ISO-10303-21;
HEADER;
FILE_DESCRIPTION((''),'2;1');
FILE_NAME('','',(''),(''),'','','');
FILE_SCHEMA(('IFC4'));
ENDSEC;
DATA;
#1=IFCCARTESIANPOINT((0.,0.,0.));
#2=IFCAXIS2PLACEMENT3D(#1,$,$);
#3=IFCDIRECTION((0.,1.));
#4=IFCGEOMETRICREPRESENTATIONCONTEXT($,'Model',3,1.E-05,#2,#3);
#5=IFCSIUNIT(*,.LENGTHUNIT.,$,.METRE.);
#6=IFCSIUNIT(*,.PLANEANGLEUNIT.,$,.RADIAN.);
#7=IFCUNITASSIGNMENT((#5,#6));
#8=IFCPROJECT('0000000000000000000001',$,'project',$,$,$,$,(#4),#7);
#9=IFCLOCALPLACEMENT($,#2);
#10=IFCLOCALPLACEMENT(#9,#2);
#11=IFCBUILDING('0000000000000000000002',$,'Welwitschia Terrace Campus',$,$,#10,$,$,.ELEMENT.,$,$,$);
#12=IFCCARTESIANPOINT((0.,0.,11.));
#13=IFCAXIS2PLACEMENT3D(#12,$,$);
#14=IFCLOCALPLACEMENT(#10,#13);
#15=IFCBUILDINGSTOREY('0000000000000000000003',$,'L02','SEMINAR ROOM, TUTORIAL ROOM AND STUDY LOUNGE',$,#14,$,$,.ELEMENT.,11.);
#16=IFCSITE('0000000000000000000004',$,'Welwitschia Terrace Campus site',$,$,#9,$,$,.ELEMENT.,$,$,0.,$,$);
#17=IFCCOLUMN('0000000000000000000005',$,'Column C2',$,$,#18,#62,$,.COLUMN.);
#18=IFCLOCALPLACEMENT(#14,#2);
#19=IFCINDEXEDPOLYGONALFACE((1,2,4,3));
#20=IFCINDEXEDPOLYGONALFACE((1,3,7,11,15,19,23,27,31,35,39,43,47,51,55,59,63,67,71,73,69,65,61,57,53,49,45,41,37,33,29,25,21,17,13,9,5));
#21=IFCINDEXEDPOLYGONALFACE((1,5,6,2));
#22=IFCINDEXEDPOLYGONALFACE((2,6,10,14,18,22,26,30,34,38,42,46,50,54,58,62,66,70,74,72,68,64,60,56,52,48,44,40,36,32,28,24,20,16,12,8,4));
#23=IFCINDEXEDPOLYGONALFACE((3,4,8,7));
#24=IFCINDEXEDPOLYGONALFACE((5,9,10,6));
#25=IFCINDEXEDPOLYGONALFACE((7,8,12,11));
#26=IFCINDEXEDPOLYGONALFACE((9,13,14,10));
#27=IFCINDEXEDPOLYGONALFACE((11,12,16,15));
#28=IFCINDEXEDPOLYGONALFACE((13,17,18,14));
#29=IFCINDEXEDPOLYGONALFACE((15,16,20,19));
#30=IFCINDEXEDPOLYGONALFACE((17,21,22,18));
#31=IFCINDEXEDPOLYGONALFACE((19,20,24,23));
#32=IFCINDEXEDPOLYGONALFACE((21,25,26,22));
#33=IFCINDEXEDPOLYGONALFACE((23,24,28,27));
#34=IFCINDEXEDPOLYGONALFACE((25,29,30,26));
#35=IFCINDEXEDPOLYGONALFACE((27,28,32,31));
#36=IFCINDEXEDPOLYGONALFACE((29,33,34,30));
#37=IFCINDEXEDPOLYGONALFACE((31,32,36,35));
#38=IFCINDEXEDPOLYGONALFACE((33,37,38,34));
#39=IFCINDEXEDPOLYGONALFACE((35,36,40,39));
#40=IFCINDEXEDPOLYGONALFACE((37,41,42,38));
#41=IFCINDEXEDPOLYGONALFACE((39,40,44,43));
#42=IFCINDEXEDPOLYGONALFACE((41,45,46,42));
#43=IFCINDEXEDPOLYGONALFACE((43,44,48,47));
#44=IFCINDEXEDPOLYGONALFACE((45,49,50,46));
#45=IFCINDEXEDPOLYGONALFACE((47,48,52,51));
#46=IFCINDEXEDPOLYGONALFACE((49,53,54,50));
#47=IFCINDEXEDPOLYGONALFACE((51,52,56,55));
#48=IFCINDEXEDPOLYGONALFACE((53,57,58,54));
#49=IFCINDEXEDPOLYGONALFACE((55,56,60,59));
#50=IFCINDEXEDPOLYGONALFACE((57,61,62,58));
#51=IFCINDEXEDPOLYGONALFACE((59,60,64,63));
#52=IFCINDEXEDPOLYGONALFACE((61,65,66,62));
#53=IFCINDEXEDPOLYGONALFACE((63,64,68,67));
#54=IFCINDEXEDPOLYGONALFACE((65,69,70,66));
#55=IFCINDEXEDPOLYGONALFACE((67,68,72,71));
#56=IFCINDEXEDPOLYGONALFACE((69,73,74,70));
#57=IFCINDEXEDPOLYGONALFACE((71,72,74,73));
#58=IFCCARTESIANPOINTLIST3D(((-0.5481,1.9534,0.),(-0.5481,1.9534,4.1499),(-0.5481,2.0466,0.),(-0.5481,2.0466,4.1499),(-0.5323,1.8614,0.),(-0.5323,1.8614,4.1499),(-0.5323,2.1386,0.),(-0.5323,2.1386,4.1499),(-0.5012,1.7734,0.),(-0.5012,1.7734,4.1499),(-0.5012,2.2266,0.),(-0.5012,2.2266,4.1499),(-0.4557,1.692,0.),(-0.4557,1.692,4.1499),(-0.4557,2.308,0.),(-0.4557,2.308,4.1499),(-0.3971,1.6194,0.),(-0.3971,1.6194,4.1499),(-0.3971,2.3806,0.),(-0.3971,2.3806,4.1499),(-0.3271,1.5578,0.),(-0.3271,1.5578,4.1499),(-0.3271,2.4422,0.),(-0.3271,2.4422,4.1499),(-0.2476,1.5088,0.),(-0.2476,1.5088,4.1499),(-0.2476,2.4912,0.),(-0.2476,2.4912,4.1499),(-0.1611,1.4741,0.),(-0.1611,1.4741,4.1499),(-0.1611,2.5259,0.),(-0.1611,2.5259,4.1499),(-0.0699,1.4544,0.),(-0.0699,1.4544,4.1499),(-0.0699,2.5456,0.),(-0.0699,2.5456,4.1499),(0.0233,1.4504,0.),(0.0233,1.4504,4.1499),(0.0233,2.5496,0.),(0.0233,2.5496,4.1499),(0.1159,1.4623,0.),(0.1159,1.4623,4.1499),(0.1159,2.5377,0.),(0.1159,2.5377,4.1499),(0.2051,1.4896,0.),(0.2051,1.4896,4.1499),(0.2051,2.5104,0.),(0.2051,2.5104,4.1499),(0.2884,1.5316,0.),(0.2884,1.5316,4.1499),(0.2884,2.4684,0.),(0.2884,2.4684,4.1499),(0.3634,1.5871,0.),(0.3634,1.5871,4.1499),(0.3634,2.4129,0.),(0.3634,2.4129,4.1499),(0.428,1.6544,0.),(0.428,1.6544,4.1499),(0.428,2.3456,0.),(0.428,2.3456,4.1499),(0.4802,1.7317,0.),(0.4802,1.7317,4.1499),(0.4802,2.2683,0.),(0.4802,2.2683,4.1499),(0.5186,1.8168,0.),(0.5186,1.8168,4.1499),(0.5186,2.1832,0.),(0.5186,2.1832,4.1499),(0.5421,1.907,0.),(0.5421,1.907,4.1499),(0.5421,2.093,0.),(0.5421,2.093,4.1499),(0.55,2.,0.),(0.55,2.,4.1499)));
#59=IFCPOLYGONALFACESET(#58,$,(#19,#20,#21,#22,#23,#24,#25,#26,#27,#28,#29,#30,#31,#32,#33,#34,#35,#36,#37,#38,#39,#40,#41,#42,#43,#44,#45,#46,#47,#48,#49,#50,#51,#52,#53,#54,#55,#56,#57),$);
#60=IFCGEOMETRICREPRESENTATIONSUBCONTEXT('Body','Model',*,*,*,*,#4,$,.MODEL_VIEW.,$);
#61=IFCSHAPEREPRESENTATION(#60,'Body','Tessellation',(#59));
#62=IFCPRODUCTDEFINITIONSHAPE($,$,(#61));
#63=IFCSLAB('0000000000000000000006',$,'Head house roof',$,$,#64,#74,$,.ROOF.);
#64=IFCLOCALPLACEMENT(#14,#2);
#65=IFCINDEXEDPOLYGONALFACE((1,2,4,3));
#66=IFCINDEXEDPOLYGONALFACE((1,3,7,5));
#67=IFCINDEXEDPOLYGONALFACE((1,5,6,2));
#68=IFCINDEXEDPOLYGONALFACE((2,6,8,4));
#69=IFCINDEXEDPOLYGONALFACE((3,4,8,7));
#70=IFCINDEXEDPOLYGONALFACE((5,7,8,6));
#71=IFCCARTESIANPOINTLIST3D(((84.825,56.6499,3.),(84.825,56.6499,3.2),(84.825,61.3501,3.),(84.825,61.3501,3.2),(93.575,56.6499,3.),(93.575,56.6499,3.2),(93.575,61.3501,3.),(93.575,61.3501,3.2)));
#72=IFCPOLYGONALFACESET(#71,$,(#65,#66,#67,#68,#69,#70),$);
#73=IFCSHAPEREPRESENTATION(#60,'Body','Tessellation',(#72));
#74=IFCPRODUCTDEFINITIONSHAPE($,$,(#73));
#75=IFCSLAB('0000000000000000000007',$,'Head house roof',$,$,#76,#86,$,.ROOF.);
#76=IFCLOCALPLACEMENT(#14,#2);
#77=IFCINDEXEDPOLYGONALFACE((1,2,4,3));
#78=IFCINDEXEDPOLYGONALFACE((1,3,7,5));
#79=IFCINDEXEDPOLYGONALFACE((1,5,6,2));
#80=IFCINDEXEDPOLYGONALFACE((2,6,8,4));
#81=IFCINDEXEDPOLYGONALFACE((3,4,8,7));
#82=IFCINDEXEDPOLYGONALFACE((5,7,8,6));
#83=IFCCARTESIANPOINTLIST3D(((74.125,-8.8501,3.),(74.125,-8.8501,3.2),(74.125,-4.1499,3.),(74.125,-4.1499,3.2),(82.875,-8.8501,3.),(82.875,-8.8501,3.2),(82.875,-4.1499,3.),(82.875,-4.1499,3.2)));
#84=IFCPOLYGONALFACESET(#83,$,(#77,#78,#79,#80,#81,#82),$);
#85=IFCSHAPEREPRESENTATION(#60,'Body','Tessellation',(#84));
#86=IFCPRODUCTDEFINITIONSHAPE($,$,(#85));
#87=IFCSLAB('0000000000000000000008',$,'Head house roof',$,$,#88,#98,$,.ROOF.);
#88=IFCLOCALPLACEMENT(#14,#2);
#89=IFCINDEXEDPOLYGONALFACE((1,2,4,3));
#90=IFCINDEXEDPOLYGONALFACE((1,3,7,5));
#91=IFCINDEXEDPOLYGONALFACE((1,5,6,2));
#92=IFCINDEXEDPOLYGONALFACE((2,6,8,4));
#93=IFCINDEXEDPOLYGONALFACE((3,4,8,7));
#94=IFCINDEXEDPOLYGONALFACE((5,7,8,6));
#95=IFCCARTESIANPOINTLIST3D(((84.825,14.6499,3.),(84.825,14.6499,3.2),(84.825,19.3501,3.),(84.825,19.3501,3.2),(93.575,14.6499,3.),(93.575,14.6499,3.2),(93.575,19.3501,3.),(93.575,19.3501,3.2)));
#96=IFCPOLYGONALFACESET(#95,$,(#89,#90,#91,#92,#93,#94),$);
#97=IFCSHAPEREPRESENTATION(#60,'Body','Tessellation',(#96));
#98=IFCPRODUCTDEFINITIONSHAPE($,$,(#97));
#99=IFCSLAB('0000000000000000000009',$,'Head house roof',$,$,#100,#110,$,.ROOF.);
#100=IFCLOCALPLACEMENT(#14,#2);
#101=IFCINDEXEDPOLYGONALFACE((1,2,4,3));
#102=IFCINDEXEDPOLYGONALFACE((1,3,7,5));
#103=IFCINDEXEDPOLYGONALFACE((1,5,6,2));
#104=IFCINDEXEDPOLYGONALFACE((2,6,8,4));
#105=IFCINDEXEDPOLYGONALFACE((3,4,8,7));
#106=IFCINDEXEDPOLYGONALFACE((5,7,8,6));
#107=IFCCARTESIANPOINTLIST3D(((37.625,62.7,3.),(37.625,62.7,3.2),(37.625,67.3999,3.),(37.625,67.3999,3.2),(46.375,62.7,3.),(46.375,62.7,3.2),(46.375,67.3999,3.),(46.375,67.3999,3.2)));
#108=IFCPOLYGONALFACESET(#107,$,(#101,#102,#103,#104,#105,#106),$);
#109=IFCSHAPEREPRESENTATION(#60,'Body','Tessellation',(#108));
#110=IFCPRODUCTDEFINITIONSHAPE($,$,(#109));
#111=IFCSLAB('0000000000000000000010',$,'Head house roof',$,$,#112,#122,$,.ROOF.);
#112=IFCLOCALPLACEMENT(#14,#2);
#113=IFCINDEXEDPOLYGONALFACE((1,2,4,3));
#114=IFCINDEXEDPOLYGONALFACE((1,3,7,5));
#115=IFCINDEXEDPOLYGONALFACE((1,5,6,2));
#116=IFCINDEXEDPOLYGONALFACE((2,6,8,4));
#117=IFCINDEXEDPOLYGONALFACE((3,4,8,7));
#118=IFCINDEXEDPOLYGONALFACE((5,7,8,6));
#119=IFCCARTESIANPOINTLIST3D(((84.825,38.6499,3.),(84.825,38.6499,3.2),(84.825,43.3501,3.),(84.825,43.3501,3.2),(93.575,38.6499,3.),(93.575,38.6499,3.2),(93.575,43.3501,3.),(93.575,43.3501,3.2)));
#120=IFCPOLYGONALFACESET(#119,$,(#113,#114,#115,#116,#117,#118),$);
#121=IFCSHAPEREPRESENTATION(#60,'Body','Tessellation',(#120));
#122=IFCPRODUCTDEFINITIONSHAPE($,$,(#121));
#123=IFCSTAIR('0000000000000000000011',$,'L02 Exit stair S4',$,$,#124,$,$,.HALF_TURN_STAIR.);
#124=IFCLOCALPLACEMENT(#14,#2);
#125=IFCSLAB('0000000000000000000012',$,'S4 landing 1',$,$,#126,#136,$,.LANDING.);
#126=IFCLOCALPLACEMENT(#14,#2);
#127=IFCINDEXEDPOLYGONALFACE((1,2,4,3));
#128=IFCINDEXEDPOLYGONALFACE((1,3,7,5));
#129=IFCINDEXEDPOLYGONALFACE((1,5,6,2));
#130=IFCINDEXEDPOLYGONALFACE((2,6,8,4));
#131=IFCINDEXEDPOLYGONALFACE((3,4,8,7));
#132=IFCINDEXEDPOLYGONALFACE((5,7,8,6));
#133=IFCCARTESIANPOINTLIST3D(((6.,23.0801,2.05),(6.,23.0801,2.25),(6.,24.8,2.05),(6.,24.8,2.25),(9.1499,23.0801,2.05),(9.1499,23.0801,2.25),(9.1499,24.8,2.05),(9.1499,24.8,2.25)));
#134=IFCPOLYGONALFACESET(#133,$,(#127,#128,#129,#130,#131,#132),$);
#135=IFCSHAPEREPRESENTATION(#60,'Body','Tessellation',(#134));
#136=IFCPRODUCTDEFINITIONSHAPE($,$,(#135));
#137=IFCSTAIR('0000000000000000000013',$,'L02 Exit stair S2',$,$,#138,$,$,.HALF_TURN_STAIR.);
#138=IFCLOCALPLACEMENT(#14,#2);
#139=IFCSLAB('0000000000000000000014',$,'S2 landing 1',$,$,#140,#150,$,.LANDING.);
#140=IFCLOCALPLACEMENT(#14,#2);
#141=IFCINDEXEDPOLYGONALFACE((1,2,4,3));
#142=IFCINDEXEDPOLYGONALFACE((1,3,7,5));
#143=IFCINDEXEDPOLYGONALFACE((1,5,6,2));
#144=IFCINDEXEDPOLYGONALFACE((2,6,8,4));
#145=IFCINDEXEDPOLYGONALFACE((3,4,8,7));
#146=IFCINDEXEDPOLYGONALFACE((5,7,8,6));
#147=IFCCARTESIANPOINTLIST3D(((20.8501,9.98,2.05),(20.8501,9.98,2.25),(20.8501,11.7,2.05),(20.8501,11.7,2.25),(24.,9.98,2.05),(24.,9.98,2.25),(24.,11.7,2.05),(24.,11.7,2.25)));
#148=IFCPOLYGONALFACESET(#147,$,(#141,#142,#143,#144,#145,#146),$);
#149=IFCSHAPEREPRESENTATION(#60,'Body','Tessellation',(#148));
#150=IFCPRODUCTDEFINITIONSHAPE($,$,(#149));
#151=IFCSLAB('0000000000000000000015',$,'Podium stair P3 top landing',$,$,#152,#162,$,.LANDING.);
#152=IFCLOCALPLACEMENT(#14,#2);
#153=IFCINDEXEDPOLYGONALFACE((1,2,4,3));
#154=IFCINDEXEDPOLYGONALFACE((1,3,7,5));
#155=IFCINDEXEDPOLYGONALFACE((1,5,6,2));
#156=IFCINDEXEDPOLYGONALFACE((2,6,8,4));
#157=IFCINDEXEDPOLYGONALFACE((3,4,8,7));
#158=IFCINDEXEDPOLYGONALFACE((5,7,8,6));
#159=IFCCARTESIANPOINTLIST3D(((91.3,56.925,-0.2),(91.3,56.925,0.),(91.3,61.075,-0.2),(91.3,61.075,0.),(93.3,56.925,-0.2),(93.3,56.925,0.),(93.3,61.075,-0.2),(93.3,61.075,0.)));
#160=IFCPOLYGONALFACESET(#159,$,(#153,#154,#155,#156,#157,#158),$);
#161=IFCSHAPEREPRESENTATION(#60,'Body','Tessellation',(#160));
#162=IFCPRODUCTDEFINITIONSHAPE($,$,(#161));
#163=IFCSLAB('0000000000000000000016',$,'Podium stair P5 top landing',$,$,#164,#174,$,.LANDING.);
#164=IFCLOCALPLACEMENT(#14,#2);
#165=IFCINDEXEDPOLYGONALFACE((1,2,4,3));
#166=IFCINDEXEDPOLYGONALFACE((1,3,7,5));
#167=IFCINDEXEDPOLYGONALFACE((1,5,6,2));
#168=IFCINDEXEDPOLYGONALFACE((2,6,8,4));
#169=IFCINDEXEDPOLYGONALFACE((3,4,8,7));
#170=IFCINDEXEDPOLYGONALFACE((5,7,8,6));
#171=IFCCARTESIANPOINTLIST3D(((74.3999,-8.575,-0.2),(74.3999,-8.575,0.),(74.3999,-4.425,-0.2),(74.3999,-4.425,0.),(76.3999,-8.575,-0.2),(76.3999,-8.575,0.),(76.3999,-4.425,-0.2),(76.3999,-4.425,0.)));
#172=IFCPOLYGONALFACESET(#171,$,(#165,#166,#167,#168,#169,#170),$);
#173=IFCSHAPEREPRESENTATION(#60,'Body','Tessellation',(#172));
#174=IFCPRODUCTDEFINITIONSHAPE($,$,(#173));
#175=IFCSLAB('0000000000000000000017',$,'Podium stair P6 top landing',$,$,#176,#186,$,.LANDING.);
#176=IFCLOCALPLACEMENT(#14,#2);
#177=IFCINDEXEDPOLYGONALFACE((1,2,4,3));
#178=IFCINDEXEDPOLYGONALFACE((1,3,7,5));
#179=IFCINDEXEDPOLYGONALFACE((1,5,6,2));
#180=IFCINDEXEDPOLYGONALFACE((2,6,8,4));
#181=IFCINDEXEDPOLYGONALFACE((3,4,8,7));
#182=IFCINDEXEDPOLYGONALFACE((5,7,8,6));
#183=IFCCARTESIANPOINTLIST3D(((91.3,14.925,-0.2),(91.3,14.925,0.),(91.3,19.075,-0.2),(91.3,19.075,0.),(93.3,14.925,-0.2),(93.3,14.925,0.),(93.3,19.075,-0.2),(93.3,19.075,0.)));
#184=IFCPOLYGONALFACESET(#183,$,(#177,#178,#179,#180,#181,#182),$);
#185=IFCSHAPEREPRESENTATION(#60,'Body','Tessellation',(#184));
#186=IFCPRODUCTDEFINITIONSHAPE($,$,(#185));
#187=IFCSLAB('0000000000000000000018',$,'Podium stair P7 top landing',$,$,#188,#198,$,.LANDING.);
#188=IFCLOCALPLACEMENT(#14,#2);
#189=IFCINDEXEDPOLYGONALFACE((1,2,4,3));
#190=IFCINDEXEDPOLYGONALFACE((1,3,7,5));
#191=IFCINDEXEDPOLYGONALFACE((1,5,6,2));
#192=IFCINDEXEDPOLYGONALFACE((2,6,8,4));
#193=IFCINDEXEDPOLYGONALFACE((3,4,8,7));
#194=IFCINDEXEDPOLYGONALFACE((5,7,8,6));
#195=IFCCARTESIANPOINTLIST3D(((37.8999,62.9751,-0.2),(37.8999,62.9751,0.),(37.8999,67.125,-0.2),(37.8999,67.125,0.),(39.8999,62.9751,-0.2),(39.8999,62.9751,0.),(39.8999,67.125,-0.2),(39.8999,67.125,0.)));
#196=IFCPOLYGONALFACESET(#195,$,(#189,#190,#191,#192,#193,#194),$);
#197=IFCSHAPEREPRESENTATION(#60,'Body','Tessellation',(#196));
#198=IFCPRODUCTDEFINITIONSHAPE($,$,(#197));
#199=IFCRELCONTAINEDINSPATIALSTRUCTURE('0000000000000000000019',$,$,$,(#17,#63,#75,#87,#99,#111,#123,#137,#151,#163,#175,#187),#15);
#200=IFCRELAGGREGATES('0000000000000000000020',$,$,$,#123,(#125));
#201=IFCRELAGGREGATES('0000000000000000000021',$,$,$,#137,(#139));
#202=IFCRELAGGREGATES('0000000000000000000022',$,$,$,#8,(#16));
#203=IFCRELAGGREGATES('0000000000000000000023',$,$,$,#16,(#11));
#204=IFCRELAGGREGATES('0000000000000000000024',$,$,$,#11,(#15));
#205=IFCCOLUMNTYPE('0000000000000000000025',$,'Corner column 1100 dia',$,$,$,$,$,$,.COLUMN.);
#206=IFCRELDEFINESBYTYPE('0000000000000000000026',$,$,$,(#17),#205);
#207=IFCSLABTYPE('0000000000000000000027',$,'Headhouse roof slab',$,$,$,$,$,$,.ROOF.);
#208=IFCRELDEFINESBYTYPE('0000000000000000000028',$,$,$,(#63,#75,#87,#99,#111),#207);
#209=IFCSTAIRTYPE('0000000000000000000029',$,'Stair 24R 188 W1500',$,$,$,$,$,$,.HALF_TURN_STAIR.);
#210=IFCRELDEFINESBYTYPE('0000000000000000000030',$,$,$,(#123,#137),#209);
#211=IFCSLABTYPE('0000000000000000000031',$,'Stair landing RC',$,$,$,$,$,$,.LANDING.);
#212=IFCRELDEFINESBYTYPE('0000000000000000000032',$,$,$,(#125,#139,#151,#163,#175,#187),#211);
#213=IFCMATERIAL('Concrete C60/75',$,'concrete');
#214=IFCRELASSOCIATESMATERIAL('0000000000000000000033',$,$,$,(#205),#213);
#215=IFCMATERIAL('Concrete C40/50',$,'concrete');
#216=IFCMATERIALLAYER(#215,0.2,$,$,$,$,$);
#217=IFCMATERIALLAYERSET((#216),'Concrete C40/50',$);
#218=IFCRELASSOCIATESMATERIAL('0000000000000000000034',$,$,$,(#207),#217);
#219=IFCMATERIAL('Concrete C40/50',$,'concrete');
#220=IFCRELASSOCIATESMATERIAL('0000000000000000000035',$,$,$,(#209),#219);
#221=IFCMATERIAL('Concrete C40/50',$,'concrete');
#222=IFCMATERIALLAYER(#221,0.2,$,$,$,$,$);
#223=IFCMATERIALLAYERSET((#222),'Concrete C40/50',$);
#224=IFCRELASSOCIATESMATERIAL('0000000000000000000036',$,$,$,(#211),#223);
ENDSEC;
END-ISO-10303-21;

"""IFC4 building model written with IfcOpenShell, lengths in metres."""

from ifc_helpers import new_model, si_unit, direction, frame, origin, origin_2d, place, context, subcontext, project, spatial, polyline, circle, outline, extrude, material, layer, layer_set, material_profile, profile_set, type_object, element, aggregate, save


model = new_model("IFC4")

# Units and contexts
model_context = context("Model", 3, precision=1e-05, world=origin(), true_north=direction((0.0, 1.0)))
body_context = subcontext(model_context, "Body", "Model", "MODEL_VIEW")
ifc_project = project(units=[si_unit("LENGTHUNIT", "METRE"), si_unit("PLANEANGLEUNIT", "RADIAN")], contexts=[model_context])

# Site, building, storey
site_placement = place(None, origin())
site = spatial("IfcSite", under=ifc_project, at=site_placement, Name="Welwitschia Terrace Campus site", CompositionType="ELEMENT", RefElevation=0.0)
building_placement = place(site_placement, origin())
building = spatial("IfcBuilding", under=site, at=building_placement, Name="Welwitschia Terrace Campus", CompositionType="ELEMENT")
storey_placement = place(building_placement, frame((0.0, 0.0, 11.0)))
storey = spatial("IfcBuildingStorey", under=building, at=storey_placement, Name="L02", Description="SEMINAR ROOM, TUTORIAL ROOM AND STUDY LOUNGE", CompositionType="ELEMENT", Elevation=11.0)

# Column
ifc_material_1 = material(Name="Concrete C60/75", Category="concrete")
ifc_material_profile = material_profile(ifc_material_1, circle(Radius=0.55, at=origin_2d()))
ifc_profile_set = profile_set([ifc_material_profile], Name="Concrete C60/75")
column_type = type_object("IfcColumnType", Name="Corner column 1100 dia", PredefinedType="COLUMN", material=ifc_profile_set)
column_placement = place(storey_placement, frame((0.0, 2.0, 0.0), z_axis=(0.0, 0.0, 1.0), x_axis=(1.0, 0.0, 0.0)))
element("IfcColumn", 1, at=column_placement, inside=storey, type_object=column_type, Name="Column C2", PredefinedType="COLUMN", context=body_context, shape_type="SweptSolid", body=[
    extrude(circle(Radius=0.55, at=origin_2d()), origin(), (0.0, 0.0, 1.0), 4.1499),
])

# Slabs
ifc_material_2 = material(Name="Concrete C40/50", Category="concrete")
ifc_layer_1 = layer(ifc_material_2, 0.2)
ifc_layer_set_1 = layer_set([ifc_layer_1], Name="Concrete C40/50")
slab_type_1 = type_object("IfcSlabType", Name="Headhouse roof slab", PredefinedType="ROOF", material=ifc_layer_set_1)
slab_1_placement = place(storey_placement, frame((0.0, 0.0, 3.0)))
element("IfcSlab", 2, at=slab_1_placement, inside=storey, type_object=slab_type_1, Name="Head house roof", PredefinedType="ROOF", context=body_context, shape_type="SweptSolid", body=[
    extrude(outline(polyline([(84.825, 56.6499), (93.575, 56.6499), (93.575, 61.3501), (84.825, 61.3501), (84.825, 56.6499)])), origin(), (0.0, 0.0, 1.0), 0.2),
])
slab_2_placement = place(storey_placement, frame((0.0, 0.0, 3.0)))
element("IfcSlab", 3, at=slab_2_placement, inside=storey, type_object=slab_type_1, Name="Head house roof", PredefinedType="ROOF", context=body_context, shape_type="SweptSolid", body=[
    extrude(outline(polyline([(74.125, -8.8501), (82.875, -8.8501), (82.875, -4.1499), (74.125, -4.1499), (74.125, -8.8501)])), origin(), (0.0, 0.0, 1.0), 0.2),
])
slab_3_placement = place(storey_placement, frame((0.0, 0.0, 3.0)))
element("IfcSlab", 4, at=slab_3_placement, inside=storey, type_object=slab_type_1, Name="Head house roof", PredefinedType="ROOF", context=body_context, shape_type="SweptSolid", body=[
    extrude(outline(polyline([(84.825, 14.6499), (93.575, 14.6499), (93.575, 19.3501), (84.825, 19.3501), (84.825, 14.6499)])), origin(), (0.0, 0.0, 1.0), 0.2),
])
slab_4_placement = place(storey_placement, frame((0.0, 0.0, 3.0)))
element("IfcSlab", 5, at=slab_4_placement, inside=storey, type_object=slab_type_1, Name="Head house roof", PredefinedType="ROOF", context=body_context, shape_type="SweptSolid", body=[
    extrude(outline(polyline([(37.625, 62.7), (46.375, 62.7), (46.375, 67.3999), (37.625, 67.3999), (37.625, 62.7)])), origin(), (0.0, 0.0, 1.0), 0.2),
])
slab_5_placement = place(storey_placement, frame((0.0, 0.0, 3.0)))
element("IfcSlab", 6, at=slab_5_placement, inside=storey, type_object=slab_type_1, Name="Head house roof", PredefinedType="ROOF", context=body_context, shape_type="SweptSolid", body=[
    extrude(outline(polyline([(84.825, 38.6499), (93.575, 38.6499), (93.575, 43.3501), (84.825, 43.3501), (84.825, 38.6499)])), origin(), (0.0, 0.0, 1.0), 0.2),
])

# Stairs, slabs
ifc_material_3 = material(Name="Concrete C40/50", Category="concrete")
stair_type = type_object("IfcStairType", Name="Stair 24R 188 W1500", PredefinedType="HALF_TURN_STAIR", material=ifc_material_3)
stair_1_placement = place(storey_placement, origin())
stair_1 = element("IfcStair", 7, at=stair_1_placement, inside=storey, type_object=stair_type, Name="L02 Exit stair S4", PredefinedType="HALF_TURN_STAIR")
ifc_material_4 = material(Name="Concrete C40/50", Category="concrete")
ifc_layer_2 = layer(ifc_material_4, 0.2)
ifc_layer_set_2 = layer_set([ifc_layer_2], Name="Concrete C40/50")
slab_type_2 = type_object("IfcSlabType", Name="Stair landing RC", PredefinedType="LANDING", material=ifc_layer_set_2)
slab_6_placement = place(storey_placement, frame((0.0, 0.0, 2.05)))
slab_6 = element("IfcSlab", 8, at=slab_6_placement, type_object=slab_type_2, Name="S4 landing 1", PredefinedType="LANDING", context=body_context, shape_type="SweptSolid", body=[
    extrude(outline(polyline([(9.1499, 23.0801), (9.1499, 24.8), (6.0, 24.8), (6.0, 23.0801), (9.1499, 23.0801)])), origin(), (0.0, 0.0, 1.0), 0.2),
])
aggregate(stair_1, [slab_6])
stair_2_placement = place(storey_placement, origin())
stair_2 = element("IfcStair", 9, at=stair_2_placement, inside=storey, type_object=stair_type, Name="L02 Exit stair S2", PredefinedType="HALF_TURN_STAIR")
slab_7_placement = place(storey_placement, frame((0.0, 0.0, 2.05)))
slab_7 = element("IfcSlab", 10, at=slab_7_placement, type_object=slab_type_2, Name="S2 landing 1", PredefinedType="LANDING", context=body_context, shape_type="SweptSolid", body=[
    extrude(outline(polyline([(24.0, 9.98), (24.0, 11.7), (20.8501, 11.7), (20.8501, 9.98), (24.0, 9.98)])), origin(), (0.0, 0.0, 1.0), 0.2),
])
aggregate(stair_2, [slab_7])

# Slabs
slab_8_placement = place(storey_placement, frame((0.0, 0.0, -0.2)))
element("IfcSlab", 11, at=slab_8_placement, inside=storey, type_object=slab_type_2, Name="Podium stair P3 top landing", PredefinedType="LANDING", context=body_context, shape_type="SweptSolid", body=[
    extrude(outline(polyline([(91.3, 56.925), (93.3, 56.925), (93.3, 61.075), (91.3, 61.075), (91.3, 56.925)])), origin(), (0.0, 0.0, 1.0), 0.2),
])
slab_9_placement = place(storey_placement, frame((0.0, 0.0, -0.2)))
element("IfcSlab", 12, at=slab_9_placement, inside=storey, type_object=slab_type_2, Name="Podium stair P5 top landing", PredefinedType="LANDING", context=body_context, shape_type="SweptSolid", body=[
    extrude(outline(polyline([(74.3999, -8.575), (76.3999, -8.575), (76.3999, -4.425), (74.3999, -4.425), (74.3999, -8.575)])), origin(), (0.0, 0.0, 1.0), 0.2),
])
slab_10_placement = place(storey_placement, frame((0.0, 0.0, -0.2)))
element("IfcSlab", 13, at=slab_10_placement, inside=storey, type_object=slab_type_2, Name="Podium stair P6 top landing", PredefinedType="LANDING", context=body_context, shape_type="SweptSolid", body=[
    extrude(outline(polyline([(91.3, 14.925), (93.3, 14.925), (93.3, 19.075), (91.3, 19.075), (91.3, 14.925)])), origin(), (0.0, 0.0, 1.0), 0.2),
])
slab_11_placement = place(storey_placement, frame((0.0, 0.0, -0.2)))
element("IfcSlab", 14, at=slab_11_placement, inside=storey, type_object=slab_type_2, Name="Podium stair P7 top landing", PredefinedType="LANDING", context=body_context, shape_type="SweptSolid", body=[
    extrude(outline(polyline([(37.8999, 62.9751), (39.8999, 62.9751), (39.8999, 67.125), (37.8999, 67.125), (37.8999, 62.9751)])), origin(), (0.0, 0.0, 1.0), 0.2),
])

save(model, "model.ifc")
